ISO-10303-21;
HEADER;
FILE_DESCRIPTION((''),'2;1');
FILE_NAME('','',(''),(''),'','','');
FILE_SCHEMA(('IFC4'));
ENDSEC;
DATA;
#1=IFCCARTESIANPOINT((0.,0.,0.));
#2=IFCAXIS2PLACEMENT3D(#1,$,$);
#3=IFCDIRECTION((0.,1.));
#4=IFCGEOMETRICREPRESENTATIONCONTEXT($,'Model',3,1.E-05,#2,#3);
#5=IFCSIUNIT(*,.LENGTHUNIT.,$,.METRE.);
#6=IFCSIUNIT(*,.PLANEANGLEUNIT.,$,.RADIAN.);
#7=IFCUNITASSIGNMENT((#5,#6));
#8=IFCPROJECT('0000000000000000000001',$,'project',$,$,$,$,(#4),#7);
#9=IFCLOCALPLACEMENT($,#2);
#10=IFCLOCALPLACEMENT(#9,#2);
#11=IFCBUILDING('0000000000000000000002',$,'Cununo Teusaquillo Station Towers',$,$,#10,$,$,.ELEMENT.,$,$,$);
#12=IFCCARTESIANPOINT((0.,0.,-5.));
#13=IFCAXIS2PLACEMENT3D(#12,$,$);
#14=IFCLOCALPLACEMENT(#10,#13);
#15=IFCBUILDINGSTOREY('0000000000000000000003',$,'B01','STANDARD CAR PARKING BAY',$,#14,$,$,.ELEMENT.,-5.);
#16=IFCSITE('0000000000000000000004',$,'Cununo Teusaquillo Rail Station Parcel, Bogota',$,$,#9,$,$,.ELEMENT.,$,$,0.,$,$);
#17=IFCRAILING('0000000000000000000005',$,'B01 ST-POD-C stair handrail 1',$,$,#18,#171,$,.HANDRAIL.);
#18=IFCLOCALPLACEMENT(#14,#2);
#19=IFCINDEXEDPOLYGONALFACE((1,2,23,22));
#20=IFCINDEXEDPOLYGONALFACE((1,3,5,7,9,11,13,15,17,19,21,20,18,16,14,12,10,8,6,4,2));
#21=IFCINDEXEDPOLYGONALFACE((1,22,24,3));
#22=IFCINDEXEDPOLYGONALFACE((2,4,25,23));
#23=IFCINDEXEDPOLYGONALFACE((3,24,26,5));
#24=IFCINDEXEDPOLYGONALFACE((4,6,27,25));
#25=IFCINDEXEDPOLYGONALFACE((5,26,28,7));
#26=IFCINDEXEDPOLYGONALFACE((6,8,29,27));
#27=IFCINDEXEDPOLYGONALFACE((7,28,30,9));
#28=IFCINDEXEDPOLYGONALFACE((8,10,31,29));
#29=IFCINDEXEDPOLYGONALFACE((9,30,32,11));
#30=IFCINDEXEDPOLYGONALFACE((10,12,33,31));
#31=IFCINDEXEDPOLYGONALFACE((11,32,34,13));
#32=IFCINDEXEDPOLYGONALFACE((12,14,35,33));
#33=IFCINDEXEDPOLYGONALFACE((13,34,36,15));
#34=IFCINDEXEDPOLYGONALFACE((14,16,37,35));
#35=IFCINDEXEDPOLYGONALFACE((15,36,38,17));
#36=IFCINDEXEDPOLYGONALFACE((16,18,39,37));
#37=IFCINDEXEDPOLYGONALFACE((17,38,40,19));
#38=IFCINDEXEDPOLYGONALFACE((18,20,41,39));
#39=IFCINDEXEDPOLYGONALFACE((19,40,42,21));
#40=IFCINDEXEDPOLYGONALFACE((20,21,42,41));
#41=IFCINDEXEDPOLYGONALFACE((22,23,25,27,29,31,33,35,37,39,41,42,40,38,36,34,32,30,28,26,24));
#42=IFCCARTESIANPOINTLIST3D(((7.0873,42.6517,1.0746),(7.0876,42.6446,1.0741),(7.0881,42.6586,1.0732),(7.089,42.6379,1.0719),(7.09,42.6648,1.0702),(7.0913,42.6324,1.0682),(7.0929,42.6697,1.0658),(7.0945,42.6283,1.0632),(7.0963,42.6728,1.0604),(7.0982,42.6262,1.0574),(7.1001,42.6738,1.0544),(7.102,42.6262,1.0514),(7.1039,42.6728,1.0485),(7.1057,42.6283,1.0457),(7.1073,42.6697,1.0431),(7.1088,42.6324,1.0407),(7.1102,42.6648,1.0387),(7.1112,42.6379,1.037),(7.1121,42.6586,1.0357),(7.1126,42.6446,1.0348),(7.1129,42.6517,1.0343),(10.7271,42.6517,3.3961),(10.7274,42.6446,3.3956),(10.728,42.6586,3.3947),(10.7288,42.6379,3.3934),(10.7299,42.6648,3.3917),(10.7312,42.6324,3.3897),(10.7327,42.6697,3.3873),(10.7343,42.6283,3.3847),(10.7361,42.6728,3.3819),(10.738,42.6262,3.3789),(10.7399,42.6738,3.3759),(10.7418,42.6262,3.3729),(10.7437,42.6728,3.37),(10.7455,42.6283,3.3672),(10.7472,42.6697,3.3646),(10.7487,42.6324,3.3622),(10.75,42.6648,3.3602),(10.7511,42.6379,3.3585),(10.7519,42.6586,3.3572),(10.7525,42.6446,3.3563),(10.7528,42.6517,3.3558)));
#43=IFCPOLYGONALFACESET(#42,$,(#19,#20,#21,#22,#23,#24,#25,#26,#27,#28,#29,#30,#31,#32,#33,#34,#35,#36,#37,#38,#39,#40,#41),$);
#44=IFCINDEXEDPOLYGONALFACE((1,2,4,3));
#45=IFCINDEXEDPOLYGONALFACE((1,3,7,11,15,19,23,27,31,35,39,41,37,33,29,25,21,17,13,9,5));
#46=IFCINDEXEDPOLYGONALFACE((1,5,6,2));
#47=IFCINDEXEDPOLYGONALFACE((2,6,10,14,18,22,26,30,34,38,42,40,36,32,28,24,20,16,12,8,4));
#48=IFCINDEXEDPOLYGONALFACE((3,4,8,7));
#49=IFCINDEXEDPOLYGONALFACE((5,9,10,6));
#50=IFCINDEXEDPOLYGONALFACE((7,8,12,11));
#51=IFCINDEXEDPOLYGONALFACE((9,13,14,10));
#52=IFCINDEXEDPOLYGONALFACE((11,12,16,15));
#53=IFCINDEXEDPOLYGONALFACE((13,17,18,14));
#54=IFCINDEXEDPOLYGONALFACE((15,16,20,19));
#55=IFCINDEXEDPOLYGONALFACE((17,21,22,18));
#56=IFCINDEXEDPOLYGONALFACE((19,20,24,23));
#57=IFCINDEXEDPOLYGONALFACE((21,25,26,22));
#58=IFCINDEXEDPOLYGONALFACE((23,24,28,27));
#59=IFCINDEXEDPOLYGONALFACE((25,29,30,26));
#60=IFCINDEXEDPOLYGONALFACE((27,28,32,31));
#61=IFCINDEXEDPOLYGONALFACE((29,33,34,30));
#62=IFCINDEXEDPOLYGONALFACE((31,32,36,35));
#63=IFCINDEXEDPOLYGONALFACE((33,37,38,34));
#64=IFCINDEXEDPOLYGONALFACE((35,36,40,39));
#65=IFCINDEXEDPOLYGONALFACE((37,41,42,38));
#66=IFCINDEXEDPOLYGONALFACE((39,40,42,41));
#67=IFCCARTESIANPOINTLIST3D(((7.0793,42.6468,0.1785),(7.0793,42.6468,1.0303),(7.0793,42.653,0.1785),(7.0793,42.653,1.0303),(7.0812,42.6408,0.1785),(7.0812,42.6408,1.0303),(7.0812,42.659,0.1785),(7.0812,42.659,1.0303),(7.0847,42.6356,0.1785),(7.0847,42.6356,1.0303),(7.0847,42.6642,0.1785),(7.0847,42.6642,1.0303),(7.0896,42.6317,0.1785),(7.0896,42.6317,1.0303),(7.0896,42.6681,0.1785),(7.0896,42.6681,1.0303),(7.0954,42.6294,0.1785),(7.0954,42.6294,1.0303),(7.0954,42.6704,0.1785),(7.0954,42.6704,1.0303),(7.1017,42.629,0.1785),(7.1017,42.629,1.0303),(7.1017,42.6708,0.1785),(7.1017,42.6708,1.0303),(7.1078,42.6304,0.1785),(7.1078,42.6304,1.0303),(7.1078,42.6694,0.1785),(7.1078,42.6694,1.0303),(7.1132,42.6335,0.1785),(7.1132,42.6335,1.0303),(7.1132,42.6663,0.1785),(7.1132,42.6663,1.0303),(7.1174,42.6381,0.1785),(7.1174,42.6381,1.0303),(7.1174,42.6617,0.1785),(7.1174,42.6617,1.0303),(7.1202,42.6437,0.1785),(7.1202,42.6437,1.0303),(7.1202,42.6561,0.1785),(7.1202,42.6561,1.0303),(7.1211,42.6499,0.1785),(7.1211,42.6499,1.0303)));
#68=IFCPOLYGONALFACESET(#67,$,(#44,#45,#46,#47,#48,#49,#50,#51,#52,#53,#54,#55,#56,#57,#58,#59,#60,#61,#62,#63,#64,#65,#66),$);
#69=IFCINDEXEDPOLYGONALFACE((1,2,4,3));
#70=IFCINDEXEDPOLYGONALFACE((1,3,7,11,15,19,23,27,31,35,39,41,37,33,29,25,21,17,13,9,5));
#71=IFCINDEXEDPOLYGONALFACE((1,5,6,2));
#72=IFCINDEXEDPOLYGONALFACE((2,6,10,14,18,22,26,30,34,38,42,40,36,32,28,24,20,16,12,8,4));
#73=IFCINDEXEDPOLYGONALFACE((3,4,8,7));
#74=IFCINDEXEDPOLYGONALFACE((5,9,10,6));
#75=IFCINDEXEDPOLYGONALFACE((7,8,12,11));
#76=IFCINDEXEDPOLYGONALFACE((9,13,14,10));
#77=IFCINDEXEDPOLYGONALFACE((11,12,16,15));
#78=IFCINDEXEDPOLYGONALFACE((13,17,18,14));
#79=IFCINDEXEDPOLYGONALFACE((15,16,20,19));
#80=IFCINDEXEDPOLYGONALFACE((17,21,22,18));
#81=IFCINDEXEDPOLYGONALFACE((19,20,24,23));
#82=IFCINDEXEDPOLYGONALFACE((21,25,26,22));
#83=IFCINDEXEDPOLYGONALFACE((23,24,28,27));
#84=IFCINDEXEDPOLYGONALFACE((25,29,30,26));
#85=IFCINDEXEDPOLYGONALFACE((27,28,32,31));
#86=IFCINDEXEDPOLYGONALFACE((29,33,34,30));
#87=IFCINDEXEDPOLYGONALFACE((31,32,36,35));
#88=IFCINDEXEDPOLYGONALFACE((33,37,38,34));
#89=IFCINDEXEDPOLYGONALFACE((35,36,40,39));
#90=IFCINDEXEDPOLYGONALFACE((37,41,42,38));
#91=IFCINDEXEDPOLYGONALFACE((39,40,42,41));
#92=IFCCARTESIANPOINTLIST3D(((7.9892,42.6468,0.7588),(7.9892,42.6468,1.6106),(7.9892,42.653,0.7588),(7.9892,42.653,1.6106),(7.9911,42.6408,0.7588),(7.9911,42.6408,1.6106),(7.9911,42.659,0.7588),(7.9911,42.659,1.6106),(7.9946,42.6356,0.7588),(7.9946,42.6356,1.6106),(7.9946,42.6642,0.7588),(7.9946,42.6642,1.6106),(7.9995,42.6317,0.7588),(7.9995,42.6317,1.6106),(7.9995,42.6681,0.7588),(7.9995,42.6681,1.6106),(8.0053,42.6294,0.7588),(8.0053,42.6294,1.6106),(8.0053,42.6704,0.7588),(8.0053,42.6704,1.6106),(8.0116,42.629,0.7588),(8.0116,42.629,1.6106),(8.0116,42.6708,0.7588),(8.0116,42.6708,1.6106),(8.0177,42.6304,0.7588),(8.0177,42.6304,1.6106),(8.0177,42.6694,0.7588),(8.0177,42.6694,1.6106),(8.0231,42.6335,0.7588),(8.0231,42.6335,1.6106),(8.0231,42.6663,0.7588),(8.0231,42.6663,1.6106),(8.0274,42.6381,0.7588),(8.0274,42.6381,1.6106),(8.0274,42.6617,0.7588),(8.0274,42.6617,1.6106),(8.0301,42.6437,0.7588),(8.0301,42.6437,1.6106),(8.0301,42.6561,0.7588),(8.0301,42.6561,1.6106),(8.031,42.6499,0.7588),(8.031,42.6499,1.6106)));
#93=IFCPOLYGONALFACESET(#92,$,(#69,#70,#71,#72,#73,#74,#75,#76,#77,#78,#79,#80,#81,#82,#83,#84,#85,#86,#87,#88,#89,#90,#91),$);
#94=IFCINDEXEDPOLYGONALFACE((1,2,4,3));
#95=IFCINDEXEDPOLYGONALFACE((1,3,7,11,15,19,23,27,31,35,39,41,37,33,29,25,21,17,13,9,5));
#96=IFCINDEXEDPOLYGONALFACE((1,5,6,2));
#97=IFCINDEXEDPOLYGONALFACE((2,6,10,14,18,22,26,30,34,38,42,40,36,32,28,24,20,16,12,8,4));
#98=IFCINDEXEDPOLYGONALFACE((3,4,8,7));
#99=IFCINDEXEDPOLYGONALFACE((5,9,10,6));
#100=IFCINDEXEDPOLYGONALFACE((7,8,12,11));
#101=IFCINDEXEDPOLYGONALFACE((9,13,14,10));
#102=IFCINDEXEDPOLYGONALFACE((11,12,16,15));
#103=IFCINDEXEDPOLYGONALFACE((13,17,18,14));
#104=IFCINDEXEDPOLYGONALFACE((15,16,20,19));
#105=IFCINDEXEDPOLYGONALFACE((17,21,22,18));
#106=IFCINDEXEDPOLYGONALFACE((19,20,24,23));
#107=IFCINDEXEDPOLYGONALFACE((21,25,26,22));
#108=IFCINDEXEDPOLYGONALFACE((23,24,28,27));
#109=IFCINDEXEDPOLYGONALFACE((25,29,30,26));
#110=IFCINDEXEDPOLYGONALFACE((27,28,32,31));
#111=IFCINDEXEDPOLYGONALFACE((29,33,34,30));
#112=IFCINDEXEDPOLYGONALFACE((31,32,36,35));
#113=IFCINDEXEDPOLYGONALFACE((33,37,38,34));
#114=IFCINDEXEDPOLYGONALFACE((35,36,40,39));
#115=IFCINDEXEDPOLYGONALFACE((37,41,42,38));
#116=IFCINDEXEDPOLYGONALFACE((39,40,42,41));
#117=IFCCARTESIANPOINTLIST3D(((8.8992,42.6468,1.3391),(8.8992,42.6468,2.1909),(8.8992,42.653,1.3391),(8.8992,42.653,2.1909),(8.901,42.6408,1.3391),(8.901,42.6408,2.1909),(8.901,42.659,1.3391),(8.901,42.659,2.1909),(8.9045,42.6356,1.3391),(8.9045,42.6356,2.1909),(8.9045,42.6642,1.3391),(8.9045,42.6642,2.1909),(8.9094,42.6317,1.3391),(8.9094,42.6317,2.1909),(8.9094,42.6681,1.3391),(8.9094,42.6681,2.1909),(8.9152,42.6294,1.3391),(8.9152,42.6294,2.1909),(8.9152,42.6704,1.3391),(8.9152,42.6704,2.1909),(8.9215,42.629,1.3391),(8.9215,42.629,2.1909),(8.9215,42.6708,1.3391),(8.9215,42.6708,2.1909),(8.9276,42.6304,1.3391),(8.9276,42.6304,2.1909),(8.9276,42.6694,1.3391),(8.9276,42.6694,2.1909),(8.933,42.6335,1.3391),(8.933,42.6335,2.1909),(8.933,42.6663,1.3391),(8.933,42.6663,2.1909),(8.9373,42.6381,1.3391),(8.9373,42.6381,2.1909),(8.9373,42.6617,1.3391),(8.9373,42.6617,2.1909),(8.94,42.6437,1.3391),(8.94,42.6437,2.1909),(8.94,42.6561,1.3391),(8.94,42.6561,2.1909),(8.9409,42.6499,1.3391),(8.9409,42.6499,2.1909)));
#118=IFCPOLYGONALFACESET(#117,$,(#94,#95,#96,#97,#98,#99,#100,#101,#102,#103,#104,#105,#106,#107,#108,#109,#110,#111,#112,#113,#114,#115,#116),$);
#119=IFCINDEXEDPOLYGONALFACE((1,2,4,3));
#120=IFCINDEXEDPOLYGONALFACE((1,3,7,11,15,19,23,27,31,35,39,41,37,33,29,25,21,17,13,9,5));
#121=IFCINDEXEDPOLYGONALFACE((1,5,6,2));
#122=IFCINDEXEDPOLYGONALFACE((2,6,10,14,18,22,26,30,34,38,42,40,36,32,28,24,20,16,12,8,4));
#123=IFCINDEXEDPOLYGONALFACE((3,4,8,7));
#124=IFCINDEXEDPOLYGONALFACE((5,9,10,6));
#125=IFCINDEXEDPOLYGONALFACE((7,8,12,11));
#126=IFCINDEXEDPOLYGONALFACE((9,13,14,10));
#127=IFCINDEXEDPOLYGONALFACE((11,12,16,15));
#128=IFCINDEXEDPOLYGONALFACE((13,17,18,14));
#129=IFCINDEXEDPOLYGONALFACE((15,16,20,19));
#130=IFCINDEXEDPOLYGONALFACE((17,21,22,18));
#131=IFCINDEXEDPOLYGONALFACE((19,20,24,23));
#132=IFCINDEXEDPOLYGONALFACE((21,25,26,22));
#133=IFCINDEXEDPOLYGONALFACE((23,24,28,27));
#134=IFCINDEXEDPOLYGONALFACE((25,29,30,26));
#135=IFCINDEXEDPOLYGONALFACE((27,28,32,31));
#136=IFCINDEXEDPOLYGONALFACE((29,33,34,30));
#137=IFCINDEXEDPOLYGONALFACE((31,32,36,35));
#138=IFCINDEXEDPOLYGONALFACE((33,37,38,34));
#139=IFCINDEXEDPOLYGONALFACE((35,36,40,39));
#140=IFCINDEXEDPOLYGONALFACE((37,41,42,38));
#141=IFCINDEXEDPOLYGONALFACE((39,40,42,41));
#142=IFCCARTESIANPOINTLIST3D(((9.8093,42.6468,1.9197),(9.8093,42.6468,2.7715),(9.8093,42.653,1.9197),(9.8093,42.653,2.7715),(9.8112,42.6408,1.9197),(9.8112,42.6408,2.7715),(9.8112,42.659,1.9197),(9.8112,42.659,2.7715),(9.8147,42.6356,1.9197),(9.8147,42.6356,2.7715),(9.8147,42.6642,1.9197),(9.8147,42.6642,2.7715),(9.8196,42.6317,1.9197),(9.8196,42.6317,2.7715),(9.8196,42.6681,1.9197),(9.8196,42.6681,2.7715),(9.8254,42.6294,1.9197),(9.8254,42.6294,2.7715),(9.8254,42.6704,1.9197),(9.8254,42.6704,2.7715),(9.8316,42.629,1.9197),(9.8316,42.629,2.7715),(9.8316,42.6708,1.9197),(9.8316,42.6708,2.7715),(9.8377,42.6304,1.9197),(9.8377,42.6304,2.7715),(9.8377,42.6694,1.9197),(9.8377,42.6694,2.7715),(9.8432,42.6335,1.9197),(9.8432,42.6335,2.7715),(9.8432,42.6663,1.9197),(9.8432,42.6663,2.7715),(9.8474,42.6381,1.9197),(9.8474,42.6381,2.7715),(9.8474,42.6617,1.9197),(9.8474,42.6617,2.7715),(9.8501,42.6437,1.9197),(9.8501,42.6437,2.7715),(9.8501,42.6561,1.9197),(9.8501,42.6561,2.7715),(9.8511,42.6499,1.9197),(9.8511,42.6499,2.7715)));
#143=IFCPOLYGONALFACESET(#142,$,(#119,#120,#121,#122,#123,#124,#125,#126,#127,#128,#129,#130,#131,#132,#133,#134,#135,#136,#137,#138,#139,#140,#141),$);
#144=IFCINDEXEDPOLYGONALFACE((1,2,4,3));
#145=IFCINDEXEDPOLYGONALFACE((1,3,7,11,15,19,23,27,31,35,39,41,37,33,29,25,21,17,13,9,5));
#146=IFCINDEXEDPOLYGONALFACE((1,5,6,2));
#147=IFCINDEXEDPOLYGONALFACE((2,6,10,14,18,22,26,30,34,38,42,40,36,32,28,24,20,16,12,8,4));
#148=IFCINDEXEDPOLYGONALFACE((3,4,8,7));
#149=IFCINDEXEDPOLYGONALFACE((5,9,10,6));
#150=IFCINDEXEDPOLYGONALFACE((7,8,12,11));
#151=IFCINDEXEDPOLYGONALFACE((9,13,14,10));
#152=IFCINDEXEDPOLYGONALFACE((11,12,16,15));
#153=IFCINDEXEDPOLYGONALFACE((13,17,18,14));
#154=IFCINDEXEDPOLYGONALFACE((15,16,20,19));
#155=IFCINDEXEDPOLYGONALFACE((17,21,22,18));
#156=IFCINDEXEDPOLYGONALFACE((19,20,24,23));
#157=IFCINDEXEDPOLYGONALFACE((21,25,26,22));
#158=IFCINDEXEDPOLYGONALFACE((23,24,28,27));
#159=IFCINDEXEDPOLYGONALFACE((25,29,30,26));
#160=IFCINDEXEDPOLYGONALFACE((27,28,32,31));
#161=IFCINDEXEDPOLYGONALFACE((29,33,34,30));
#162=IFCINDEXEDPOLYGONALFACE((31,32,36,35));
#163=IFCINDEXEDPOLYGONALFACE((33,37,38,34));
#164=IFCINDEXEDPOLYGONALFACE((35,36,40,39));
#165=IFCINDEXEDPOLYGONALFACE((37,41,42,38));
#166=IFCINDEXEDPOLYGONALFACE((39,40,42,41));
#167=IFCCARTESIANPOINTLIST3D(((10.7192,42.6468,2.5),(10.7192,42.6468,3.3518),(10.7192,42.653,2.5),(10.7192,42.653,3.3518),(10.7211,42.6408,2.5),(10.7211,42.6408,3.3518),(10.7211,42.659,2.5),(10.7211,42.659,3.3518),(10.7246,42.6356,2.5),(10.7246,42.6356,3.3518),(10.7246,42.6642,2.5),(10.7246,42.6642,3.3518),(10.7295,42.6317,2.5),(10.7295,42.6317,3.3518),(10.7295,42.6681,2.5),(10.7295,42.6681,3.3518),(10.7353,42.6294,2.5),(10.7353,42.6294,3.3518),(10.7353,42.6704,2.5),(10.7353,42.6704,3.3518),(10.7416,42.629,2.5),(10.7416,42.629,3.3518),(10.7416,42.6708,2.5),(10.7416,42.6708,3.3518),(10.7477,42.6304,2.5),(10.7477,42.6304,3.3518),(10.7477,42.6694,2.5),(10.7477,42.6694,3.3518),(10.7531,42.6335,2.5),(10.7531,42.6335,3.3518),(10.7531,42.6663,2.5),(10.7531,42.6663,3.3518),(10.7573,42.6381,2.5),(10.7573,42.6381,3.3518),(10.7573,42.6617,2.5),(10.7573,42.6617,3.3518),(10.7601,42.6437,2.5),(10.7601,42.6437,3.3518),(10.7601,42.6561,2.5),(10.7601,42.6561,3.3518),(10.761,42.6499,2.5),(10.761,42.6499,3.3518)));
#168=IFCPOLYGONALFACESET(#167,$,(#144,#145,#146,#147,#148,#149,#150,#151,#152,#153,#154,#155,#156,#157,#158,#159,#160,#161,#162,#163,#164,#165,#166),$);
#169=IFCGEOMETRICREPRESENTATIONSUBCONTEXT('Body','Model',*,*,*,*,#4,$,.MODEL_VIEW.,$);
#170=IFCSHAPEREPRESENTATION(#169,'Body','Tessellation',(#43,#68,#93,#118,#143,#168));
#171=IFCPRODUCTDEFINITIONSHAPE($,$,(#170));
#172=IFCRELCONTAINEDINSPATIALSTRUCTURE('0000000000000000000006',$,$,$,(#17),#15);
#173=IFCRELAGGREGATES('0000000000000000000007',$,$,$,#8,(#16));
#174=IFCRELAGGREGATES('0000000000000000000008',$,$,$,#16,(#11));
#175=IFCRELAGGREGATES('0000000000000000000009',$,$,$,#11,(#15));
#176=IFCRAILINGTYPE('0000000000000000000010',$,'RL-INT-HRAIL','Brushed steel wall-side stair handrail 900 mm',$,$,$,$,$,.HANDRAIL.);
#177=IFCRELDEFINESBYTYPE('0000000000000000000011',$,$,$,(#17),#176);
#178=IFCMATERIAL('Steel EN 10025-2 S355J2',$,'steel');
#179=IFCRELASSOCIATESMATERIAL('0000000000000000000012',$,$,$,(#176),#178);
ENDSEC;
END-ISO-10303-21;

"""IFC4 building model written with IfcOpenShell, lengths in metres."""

from ifc_helpers import new_model, si_unit, direction, frame, origin, origin_2d, place, context, subcontext, project, spatial, circle, extrude, material, type_object, element, save


model = new_model("IFC4")

# Units and contexts
model_context = context("Model", 3, precision=1e-05, world=origin(), true_north=direction((0.0, 1.0)))
body_context = subcontext(model_context, "Body", "Model", "MODEL_VIEW")
ifc_project = project(units=[si_unit("LENGTHUNIT", "METRE"), si_unit("PLANEANGLEUNIT", "RADIAN")], contexts=[model_context])

# Site, building, storey
site_placement = place(None, origin())
site = spatial("IfcSite", under=ifc_project, at=site_placement, Name="Cununo Teusaquillo Rail Station Parcel, Bogota", CompositionType="ELEMENT", RefElevation=0.0)
building_placement = place(site_placement, origin())
building = spatial("IfcBuilding", under=site, at=building_placement, Name="Cununo Teusaquillo Station Towers", CompositionType="ELEMENT")
storey_placement = place(building_placement, frame((0.0, 0.0, -5.0)))
storey = spatial("IfcBuildingStorey", under=building, at=storey_placement, Name="B01", Description="STANDARD CAR PARKING BAY", CompositionType="ELEMENT", Elevation=-5.0)

# Railing
ifc_material_1 = material(Name="Steel EN 10025-2 S355J2", Category="steel")
railing_type_1 = type_object("IfcRailingType", Name="RL-INT-HRAIL", Description="Brushed steel wall-side stair handrail 900 mm", PredefinedType="HANDRAIL", material=ifc_material_1)
railing_1_placement = place(storey_placement, frame((7.1001, 42.6499, 0.1785)))
element("IfcRailing", 1, at=railing_1_placement, inside=storey, type_object=railing_type_1, Name="B01 ST-POD-C stair handrail 1", PredefinedType="HANDRAIL", context=body_context, shape_type="SweptSolid", body=[
    extrude(circle(Radius=0.0239, at=origin_2d()), frame((0.0, 0.0, 0.876), z_axis=(0.843112, 0.0, 0.537739), x_axis=(0.0, 1.0, 0.0)), (0.0, 0.0, 1.0), 4.3171),
    extrude(circle(Radius=0.021, at=origin_2d()), origin(), (0.0, 0.0, 1.0), 0.8518),
    extrude(circle(Radius=0.021, at=origin_2d()), frame((0.9099, 0.0, 0.5803)), (0.0, 0.0, 1.0), 0.8518),
    extrude(circle(Radius=0.021, at=origin_2d()), frame((1.8198, 0.0, 1.1606)), (0.0, 0.0, 1.0), 0.8518),
    extrude(circle(Radius=0.021, at=origin_2d()), frame((2.73, 0.0, 1.7412)), (0.0, 0.0, 1.0), 0.8518),
    extrude(circle(Radius=0.021, at=origin_2d()), frame((3.6399, 0.0, 2.3215)), (0.0, 0.0, 1.0), 0.8518),
])

save(model, "model.ifc")
